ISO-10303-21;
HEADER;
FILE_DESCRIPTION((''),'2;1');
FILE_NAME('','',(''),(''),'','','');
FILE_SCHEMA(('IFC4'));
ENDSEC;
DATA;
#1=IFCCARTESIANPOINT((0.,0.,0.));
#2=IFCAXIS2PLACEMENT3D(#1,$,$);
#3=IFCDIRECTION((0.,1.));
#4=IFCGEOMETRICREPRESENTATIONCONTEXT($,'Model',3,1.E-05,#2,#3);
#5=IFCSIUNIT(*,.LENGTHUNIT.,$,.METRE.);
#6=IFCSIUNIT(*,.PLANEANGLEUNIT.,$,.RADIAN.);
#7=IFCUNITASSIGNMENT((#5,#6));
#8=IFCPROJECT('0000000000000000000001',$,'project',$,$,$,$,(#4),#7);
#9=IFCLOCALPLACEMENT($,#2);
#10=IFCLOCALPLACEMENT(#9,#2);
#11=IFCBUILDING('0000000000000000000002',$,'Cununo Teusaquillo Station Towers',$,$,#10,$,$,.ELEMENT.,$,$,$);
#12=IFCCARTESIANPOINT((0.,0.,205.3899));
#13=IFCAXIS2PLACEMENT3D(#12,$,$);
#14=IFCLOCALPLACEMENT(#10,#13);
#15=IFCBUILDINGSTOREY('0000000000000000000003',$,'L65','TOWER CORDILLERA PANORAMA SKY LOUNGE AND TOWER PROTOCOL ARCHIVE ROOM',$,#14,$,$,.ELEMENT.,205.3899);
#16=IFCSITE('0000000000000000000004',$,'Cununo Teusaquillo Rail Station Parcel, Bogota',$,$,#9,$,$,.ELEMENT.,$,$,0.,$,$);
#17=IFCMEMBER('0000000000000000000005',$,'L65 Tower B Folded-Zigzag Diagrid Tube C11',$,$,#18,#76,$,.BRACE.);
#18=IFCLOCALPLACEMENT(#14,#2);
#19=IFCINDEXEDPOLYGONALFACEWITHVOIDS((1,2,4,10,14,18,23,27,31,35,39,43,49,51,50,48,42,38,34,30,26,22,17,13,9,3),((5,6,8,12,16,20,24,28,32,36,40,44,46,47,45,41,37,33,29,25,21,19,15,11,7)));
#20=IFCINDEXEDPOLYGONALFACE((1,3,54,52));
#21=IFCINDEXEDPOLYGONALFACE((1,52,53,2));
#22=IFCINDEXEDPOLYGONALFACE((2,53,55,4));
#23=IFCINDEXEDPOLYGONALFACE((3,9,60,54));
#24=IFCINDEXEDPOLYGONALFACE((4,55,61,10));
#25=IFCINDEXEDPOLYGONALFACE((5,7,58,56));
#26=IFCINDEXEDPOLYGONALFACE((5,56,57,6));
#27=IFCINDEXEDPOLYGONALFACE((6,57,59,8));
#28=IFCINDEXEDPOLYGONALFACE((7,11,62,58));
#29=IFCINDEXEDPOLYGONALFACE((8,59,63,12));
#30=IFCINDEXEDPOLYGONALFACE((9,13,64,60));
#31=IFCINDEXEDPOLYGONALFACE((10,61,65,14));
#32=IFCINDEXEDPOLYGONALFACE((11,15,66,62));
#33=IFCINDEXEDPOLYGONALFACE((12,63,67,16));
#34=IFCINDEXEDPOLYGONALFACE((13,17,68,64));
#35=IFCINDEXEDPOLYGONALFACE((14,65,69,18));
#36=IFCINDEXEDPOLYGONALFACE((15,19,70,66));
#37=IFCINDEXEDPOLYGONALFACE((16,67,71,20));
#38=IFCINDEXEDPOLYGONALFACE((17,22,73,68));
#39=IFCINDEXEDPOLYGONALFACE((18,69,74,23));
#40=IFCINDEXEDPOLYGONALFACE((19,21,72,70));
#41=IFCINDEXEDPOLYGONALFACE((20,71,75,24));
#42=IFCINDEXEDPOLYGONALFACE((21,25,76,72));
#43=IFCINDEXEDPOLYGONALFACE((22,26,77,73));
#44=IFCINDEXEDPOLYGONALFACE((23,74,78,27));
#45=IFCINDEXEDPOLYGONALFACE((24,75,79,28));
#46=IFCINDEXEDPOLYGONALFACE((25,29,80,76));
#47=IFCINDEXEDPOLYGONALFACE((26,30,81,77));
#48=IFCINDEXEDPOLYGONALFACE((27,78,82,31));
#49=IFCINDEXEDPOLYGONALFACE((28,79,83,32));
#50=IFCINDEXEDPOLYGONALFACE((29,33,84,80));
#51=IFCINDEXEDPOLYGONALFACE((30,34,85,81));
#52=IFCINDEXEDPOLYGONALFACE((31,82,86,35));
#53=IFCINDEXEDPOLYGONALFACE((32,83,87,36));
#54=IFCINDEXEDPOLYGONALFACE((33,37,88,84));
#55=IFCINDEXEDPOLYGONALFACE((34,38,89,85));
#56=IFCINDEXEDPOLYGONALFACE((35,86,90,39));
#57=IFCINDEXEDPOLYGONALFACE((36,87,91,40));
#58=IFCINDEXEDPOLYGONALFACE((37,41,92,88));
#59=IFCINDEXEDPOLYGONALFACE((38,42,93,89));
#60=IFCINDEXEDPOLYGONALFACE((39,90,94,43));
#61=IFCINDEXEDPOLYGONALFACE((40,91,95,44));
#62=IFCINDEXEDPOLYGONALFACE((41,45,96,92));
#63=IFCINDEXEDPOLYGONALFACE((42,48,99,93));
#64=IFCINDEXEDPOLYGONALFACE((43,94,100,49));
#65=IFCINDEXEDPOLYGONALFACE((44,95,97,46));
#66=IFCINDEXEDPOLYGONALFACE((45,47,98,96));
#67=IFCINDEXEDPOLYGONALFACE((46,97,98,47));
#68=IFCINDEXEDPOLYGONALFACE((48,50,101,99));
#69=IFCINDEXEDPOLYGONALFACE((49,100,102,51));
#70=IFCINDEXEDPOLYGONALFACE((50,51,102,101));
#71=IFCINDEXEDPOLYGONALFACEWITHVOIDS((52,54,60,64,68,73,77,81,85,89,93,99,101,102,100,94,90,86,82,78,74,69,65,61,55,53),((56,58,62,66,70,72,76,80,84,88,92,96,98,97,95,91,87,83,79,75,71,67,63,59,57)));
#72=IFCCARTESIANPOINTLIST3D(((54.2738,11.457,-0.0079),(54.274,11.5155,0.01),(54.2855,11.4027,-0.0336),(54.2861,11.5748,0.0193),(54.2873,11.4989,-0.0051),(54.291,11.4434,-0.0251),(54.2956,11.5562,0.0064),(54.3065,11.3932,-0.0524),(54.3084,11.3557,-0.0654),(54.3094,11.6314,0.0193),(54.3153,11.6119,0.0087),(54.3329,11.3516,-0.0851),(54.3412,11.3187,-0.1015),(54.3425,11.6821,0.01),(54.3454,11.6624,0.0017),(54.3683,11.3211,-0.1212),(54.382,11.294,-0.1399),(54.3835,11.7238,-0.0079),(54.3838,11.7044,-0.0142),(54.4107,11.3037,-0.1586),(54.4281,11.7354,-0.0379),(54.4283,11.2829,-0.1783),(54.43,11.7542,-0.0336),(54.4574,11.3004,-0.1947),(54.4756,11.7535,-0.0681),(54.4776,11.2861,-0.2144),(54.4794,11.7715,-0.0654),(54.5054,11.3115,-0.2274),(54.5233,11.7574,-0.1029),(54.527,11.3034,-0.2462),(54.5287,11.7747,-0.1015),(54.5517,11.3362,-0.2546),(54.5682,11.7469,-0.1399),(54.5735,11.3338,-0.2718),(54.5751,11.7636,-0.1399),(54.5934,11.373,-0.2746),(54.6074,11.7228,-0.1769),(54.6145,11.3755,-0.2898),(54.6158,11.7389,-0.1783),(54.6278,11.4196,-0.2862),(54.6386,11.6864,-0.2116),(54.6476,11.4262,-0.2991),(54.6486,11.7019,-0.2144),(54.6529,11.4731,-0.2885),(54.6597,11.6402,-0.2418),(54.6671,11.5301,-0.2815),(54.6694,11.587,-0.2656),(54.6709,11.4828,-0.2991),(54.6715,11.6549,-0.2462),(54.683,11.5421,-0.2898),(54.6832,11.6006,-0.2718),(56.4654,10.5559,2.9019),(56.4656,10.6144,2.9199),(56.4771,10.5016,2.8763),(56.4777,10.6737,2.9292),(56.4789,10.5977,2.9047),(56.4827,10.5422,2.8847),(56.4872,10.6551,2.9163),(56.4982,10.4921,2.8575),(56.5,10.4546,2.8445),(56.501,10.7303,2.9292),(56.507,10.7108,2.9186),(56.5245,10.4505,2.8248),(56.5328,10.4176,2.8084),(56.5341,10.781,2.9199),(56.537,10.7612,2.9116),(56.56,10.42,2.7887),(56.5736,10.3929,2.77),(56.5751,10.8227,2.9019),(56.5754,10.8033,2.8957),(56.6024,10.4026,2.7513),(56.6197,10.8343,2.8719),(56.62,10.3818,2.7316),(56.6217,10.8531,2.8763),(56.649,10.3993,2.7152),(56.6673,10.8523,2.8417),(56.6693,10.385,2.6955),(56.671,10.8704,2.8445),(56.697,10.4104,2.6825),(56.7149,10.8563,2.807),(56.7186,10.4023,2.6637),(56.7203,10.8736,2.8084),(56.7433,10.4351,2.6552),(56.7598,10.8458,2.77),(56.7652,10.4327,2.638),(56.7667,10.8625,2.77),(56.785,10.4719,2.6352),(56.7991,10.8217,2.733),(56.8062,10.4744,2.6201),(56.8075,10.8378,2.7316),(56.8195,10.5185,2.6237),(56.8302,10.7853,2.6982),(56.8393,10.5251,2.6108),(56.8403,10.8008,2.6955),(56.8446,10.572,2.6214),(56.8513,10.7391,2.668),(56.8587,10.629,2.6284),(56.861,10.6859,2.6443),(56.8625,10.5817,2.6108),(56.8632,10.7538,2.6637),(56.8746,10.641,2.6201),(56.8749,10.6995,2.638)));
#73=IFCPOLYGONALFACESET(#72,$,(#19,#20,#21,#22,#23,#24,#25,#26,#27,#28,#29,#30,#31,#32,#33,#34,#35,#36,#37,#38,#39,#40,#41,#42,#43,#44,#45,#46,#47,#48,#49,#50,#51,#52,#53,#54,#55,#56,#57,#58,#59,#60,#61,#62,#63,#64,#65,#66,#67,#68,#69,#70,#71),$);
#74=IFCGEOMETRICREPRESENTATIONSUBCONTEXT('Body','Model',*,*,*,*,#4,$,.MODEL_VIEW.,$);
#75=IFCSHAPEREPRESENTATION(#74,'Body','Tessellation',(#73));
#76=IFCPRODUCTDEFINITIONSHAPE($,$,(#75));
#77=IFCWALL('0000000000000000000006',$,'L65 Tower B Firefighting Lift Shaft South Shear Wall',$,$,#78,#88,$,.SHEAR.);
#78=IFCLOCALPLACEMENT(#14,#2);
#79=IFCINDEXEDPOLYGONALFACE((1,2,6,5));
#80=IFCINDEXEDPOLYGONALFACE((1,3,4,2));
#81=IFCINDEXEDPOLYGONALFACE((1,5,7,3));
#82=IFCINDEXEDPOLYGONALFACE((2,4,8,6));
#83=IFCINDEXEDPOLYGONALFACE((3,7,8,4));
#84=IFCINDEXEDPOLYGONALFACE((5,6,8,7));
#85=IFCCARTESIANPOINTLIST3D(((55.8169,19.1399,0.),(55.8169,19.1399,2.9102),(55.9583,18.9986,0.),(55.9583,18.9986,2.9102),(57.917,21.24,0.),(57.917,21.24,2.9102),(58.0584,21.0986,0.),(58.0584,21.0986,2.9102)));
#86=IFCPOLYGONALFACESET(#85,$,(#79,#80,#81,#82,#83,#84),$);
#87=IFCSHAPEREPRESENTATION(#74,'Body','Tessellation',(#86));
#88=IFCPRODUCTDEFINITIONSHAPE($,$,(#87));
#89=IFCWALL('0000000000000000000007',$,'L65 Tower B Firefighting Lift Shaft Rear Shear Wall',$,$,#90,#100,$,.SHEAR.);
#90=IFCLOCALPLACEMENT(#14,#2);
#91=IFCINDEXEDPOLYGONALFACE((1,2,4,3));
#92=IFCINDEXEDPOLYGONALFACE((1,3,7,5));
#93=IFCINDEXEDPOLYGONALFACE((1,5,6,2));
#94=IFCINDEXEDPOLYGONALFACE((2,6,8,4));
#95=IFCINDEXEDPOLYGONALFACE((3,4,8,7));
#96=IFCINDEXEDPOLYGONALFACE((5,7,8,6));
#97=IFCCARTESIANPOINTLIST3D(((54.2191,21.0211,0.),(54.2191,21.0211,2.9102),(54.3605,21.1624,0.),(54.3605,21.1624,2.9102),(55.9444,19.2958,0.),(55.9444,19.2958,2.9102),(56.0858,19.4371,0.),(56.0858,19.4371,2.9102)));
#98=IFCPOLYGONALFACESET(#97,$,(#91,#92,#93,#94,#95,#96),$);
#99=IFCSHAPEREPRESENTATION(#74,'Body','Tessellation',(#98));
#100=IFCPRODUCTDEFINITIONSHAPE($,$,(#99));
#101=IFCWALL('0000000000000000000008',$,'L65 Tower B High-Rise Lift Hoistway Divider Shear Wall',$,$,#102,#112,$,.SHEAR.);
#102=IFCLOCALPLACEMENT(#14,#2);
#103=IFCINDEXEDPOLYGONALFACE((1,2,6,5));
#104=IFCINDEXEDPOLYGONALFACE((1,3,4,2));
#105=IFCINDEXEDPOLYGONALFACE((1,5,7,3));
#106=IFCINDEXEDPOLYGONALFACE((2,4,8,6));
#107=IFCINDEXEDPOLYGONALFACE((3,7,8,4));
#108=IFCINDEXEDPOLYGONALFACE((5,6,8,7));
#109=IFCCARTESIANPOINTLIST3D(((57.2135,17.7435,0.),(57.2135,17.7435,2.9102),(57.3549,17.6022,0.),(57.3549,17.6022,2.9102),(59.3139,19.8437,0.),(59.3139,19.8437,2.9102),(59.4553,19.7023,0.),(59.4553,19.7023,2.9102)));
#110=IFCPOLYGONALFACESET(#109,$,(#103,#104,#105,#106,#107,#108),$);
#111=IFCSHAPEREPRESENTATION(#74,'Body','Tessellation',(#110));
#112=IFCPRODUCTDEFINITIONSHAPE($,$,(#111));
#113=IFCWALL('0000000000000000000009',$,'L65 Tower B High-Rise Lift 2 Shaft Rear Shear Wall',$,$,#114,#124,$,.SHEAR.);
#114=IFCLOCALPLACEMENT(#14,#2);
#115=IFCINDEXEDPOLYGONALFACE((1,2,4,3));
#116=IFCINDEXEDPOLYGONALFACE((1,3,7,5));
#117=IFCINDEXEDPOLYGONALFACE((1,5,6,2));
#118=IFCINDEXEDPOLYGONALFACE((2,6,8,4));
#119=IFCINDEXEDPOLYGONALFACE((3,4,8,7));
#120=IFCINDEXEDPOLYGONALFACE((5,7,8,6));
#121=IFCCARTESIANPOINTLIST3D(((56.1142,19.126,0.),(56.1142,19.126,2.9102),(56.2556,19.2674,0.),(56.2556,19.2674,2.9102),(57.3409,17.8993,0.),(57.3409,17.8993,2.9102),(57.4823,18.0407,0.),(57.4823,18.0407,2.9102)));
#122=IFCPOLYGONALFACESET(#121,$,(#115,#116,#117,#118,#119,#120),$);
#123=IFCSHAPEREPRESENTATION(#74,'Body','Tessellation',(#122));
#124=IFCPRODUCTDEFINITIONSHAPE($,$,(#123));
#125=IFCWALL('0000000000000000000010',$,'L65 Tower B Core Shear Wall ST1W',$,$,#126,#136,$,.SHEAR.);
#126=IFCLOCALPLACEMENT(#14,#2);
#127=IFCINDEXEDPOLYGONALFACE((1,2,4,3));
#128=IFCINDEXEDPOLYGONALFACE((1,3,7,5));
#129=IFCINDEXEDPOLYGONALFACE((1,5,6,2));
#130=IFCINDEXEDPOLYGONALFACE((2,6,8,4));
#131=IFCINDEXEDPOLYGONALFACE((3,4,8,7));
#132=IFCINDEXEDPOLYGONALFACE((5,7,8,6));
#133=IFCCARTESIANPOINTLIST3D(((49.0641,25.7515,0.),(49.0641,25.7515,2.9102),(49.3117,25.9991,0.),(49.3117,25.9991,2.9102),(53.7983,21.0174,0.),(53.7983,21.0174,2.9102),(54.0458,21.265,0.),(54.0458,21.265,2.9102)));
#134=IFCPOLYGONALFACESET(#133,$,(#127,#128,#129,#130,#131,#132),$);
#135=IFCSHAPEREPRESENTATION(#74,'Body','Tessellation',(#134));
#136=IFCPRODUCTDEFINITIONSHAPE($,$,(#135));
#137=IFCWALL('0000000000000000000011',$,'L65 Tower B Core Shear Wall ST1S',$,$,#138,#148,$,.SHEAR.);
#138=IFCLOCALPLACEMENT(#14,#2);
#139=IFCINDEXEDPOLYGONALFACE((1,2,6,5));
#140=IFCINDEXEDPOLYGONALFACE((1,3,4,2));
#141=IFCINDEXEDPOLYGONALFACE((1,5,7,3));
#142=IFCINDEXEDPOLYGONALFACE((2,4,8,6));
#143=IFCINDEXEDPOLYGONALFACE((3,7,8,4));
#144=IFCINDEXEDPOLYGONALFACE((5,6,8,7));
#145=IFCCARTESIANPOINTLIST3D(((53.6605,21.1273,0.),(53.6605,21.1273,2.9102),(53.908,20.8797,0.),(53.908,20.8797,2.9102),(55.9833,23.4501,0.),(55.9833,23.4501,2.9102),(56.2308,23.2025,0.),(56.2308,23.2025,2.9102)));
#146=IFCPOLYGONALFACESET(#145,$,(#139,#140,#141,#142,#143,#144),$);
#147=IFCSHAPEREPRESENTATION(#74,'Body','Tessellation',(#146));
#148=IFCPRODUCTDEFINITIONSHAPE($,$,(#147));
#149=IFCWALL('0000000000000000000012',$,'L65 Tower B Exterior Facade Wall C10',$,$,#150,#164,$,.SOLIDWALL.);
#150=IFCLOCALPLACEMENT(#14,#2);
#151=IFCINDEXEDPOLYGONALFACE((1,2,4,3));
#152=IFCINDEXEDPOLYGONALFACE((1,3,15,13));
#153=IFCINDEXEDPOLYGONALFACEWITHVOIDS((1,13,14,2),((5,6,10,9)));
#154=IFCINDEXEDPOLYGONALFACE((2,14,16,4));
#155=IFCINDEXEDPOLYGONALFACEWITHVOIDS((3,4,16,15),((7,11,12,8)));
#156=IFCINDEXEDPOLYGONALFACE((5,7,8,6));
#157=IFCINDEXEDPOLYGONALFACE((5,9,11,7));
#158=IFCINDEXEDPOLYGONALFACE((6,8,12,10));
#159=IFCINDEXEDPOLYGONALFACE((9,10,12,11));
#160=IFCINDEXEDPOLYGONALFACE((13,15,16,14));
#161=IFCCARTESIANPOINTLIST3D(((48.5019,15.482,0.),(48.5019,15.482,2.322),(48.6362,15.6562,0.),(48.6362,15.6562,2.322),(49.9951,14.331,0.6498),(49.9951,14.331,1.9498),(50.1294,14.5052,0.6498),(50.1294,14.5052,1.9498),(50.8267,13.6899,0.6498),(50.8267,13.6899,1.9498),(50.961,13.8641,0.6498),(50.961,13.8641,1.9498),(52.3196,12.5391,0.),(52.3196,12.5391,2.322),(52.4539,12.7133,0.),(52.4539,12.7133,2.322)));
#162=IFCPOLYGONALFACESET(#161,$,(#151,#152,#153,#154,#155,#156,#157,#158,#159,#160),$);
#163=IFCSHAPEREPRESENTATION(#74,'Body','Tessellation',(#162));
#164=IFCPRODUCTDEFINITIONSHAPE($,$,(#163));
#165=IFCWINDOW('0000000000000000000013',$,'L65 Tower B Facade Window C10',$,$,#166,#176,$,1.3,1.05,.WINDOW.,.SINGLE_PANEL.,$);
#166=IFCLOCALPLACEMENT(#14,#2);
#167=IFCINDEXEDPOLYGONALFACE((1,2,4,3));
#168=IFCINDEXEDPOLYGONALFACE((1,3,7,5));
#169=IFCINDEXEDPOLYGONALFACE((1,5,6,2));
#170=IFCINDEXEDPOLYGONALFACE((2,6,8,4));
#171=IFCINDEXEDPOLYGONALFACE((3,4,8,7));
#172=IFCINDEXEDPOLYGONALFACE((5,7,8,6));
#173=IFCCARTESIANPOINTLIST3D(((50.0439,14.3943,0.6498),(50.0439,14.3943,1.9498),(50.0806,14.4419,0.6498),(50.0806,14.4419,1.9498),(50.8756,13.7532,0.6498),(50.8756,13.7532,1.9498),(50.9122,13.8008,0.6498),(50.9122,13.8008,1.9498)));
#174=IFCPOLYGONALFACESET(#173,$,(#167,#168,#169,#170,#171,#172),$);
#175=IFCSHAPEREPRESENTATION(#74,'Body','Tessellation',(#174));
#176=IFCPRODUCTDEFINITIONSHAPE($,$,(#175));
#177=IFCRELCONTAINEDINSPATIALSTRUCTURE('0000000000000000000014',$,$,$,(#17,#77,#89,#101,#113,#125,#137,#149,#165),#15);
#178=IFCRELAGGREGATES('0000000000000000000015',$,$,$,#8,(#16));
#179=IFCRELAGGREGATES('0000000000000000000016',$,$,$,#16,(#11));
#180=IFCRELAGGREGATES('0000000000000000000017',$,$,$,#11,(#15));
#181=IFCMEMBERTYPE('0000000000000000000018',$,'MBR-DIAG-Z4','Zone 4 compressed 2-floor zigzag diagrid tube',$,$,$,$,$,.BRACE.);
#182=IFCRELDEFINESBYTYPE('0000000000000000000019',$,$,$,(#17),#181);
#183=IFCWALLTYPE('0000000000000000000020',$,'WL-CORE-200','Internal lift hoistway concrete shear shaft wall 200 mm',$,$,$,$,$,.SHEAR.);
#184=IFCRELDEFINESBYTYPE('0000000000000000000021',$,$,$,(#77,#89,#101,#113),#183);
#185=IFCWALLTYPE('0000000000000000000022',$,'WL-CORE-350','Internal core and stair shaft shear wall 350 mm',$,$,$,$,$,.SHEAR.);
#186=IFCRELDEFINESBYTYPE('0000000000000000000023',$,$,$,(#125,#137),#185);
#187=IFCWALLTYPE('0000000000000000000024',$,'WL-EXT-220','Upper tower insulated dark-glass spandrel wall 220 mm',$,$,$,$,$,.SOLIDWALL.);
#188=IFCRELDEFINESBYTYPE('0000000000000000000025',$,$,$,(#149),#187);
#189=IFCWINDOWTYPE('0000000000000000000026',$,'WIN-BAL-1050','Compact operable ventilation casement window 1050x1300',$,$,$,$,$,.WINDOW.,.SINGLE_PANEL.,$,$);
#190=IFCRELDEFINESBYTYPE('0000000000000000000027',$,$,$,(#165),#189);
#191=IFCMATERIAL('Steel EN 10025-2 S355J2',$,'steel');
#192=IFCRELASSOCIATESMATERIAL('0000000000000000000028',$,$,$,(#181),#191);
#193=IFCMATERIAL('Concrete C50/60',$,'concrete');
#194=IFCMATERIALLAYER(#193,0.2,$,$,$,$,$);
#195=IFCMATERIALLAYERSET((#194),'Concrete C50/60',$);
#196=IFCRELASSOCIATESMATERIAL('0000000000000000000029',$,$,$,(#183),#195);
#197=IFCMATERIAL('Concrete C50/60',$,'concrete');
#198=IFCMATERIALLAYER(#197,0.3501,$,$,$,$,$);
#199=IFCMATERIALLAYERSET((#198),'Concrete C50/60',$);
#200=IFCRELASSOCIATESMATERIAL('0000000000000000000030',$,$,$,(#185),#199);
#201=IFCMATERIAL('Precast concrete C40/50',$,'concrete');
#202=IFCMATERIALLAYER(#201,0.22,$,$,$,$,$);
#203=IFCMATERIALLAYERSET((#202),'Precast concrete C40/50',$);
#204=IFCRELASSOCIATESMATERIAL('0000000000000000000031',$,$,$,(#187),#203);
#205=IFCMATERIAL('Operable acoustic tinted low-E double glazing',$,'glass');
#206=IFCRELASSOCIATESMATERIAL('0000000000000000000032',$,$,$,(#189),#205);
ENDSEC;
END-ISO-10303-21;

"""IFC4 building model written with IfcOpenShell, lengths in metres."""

from ifc_helpers import new_model, si_unit, direction, frame, frame_2d, origin, origin_2d, place, context, subcontext, project, spatial, rectangle, hollow_circle, extrude, source, transform, mapped, material, layer, layer_set, material_profile, profile_set, type_object, element, fill, save


model = new_model("IFC4")

# Units and contexts
model_context = context("Model", 3, precision=1e-05, world=origin(), true_north=direction((0.0, 1.0)))
body_context = subcontext(model_context, "Body", "Model", "MODEL_VIEW")
ifc_project = project(units=[si_unit("LENGTHUNIT", "METRE"), si_unit("PLANEANGLEUNIT", "RADIAN")], contexts=[model_context])

# Site, building, storey
site_placement = place(None, origin())
site = spatial("IfcSite", under=ifc_project, at=site_placement, Name="Cununo Teusaquillo Rail Station Parcel, Bogota", CompositionType="ELEMENT", RefElevation=0.0)
building_placement = place(site_placement, origin())
building = spatial("IfcBuilding", under=site, at=building_placement, Name="Cununo Teusaquillo Station Towers", CompositionType="ELEMENT")
storey_placement = place(building_placement, frame((0.0, 0.0, 205.3899)))
storey = spatial("IfcBuildingStorey", under=building, at=storey_placement, Name="L65", Description="TOWER CORDILLERA PANORAMA SKY LOUNGE AND TOWER PROTOCOL ARCHIVE ROOM", CompositionType="ELEMENT", Elevation=205.3899)

# Member
ifc_material_1 = material(Name="Steel EN 10025-2 S355J2", Category="steel")
ifc_material_profile_1 = material_profile(ifc_material_1, hollow_circle(Radius=0.2539, WallThickness=0.0181, at=origin_2d()), Name="CHS 508x18")
ifc_profile_set_1 = profile_set([ifc_material_profile_1], Name="Steel EN 10025-2 S355J2")
member_type = type_object("IfcMemberType", Name="MBR-DIAG-Z4", Description="Zone 4 compressed 2-floor zigzag diagrid tube", PredefinedType="BRACE", material=ifc_profile_set_1)
member_placement = place(storey_placement, frame((54.4785, 11.5288, -0.1399), z_axis=(0.584016, -0.240125, 0.775413), x_axis=(0.380273, 0.924874, 0.0)))
element("IfcMember", 1, at=member_placement, inside=storey, type_object=member_type, Name="L65 Tower B Folded-Zigzag Diagrid Tube C11", PredefinedType="BRACE", context=body_context, shape_type="SweptSolid", body=[
    extrude(hollow_circle(Radius=0.2539, WallThickness=0.0181, at=origin_2d()), origin(), (0.0, 0.0, 1.0), 3.7527),
])

# Walls
ifc_material_2 = material(Name="Concrete C50/60", Category="concrete")
ifc_layer_1 = layer(ifc_material_2, 0.2)
ifc_layer_set_1 = layer_set([ifc_layer_1], Name="Concrete C50/60")
wall_type_1 = type_object("IfcWallType", Name="WL-CORE-200", Description="Internal lift hoistway concrete shear shaft wall 200 mm", PredefinedType="SHEAR", material=ifc_layer_set_1)
wall_1_placement = place(storey_placement, frame((55.8877, 19.0693, 0.0), z_axis=(0.0, 0.0, 1.0), x_axis=(0.707107, 0.707107, 0.0)))
element("IfcWall", 2, at=wall_1_placement, inside=storey, type_object=wall_type_1, Name="L65 Tower B Firefighting Lift Shaft South Shear Wall", PredefinedType="SHEAR", context=body_context, shape_type="SweptSolid", body=[
    extrude(rectangle(XDim=2.97, YDim=0.2, at=frame_2d((1.4849, 0.0))), origin(), (0.0, 0.0, 1.0), 2.9102),
])
wall_2_placement = place(storey_placement, frame((56.0151, 19.3665, 0.0), z_axis=(0.0, 0.0, 1.0), x_axis=(-0.707107, 0.707107, 0.0)))
element("IfcWall", 3, at=wall_2_placement, inside=storey, type_object=wall_type_1, Name="L65 Tower B Firefighting Lift Shaft Rear Shear Wall", PredefinedType="SHEAR", context=body_context, shape_type="SweptSolid", body=[
    extrude(rectangle(XDim=2.4399, YDim=0.2, at=frame_2d((1.22, 0.0))), origin(), (0.0, 0.0, 1.0), 2.9102),
])
wall_3_placement = place(storey_placement, frame((57.2842, 17.6729, 0.0), z_axis=(0.0, 0.0, 1.0), x_axis=(0.707148, 0.707066, 0.0)))
element("IfcWall", 4, at=wall_3_placement, inside=storey, type_object=wall_type_1, Name="L65 Tower B High-Rise Lift Hoistway Divider Shear Wall", PredefinedType="SHEAR", context=body_context, shape_type="SweptSolid", body=[
    extrude(rectangle(XDim=2.9702, YDim=0.2, at=frame_2d((1.4851, 0.0))), origin(), (0.0, 0.0, 1.0), 2.9102),
])
wall_4_placement = place(storey_placement, frame((57.4116, 17.97, 0.0), z_axis=(0.0, 0.0, 1.0), x_axis=(-0.707107, 0.707107, 0.0)))
element("IfcWall", 5, at=wall_4_placement, inside=storey, type_object=wall_type_1, Name="L65 Tower B High-Rise Lift 2 Shaft Rear Shear Wall", PredefinedType="SHEAR", context=body_context, shape_type="SweptSolid", body=[
    extrude(rectangle(XDim=1.7349, YDim=0.2, at=frame_2d((0.8674, 0.0))), origin(), (0.0, 0.0, 1.0), 2.9102),
])
ifc_material_3 = material(Name="Concrete C50/60", Category="concrete")
ifc_layer_2 = layer(ifc_material_3, 0.3501)
ifc_layer_set_2 = layer_set([ifc_layer_2], Name="Concrete C50/60")
wall_type_2 = type_object("IfcWallType", Name="WL-CORE-350", Description="Internal core and stair shaft shear wall 350 mm", PredefinedType="SHEAR", material=ifc_layer_set_2)
wall_5_placement = place(storey_placement, frame((53.9221, 21.1411, 0.0), z_axis=(0.0, 0.0, 1.0), x_axis=(-0.707107, 0.707107, 0.0)))
element("IfcWall", 6, at=wall_5_placement, inside=storey, type_object=wall_type_2, Name="L65 Tower B Core Shear Wall ST1W", PredefinedType="SHEAR", context=body_context, shape_type="SweptSolid", body=[
    extrude(rectangle(XDim=6.6951, YDim=0.3501, at=frame_2d((3.3477, 0.0))), origin(), (0.0, 0.0, 1.0), 2.9102),
])
wall_6_placement = place(storey_placement, frame((53.7842, 21.0034, 0.0), z_axis=(0.0, 0.0, 1.0), x_axis=(0.707107, 0.707107, 0.0)))
element("IfcWall", 7, at=wall_6_placement, inside=storey, type_object=wall_type_2, Name="L65 Tower B Core Shear Wall ST1S", PredefinedType="SHEAR", context=body_context, shape_type="SweptSolid", body=[
    extrude(rectangle(XDim=3.2849, YDim=0.3501, at=frame_2d((1.6426, 0.0))), origin(), (0.0, 0.0, 1.0), 2.9102),
])

# Wall, opening, window
ifc_material_4 = material(Name="Precast concrete C40/50", Category="concrete")
ifc_layer_3 = layer(ifc_material_4, 0.22)
ifc_layer_set_3 = layer_set([ifc_layer_3], Name="Precast concrete C40/50")
wall_type_3 = type_object("IfcWallType", Name="WL-EXT-220", Description="Upper tower insulated dark-glass spandrel wall 220 mm", PredefinedType="SOLIDWALL", material=ifc_layer_set_3)
wall_7_placement = place(storey_placement, frame((52.3867, 12.6262, 0.0), z_axis=(0.0, 0.0, 1.0), x_axis=(-0.791998, 0.610523, 0.0)))
wall_7 = element("IfcWall", 8, at=wall_7_placement, inside=storey, type_object=wall_type_3, Name="L65 Tower B Exterior Facade Wall C10", PredefinedType="SOLIDWALL", context=body_context, shape_type="SweptSolid", body=[
    extrude(rectangle(XDim=4.8203, YDim=0.22, at=frame_2d((2.4102, 0.0))), origin(), (0.0, 0.0, 1.0), 2.322),
])
shared_shape_1 = source(origin(), body_context, "Body", "SweptSolid", [
    extrude(rectangle(XDim=1.05, YDim=1.3, at=frame_2d((0.5249, 0.6499))), frame((0.0, 0.1199, 0.0), z_axis=(0.0, -1.0, 0.0), x_axis=(1.0, 0.0, 0.0)), (0.0, 0.0, 1.0), 0.24),
])
opening_1_placement = place(wall_7_placement, frame((1.885, 0.0, 0.6499)))
opening_1 = element("IfcOpeningElement", 9, at=opening_1_placement, cuts=wall_7, PredefinedType="OPENING", context=body_context, shape_type="MappedRepresentation", body=[
    mapped(shared_shape_1, transform((0.0, 0.0, 0.0), x_axis=(1.0, 0.0, 0.0), y_axis=(0.0, 1.0, 0.0), z_axis=(0.0, 0.0, 1.0), scale=1.0)),
])
ifc_material_5 = material(Name="Operable acoustic tinted low-E double glazing", Category="glass")
window_type = type_object("IfcWindowType", Name="WIN-BAL-1050", Description="Compact operable ventilation casement window 1050x1300", PartitioningType="SINGLE_PANEL", PredefinedType="WINDOW", material=ifc_material_5)
shared_shape_2 = source(origin(), body_context, "Body", "SweptSolid", [
    extrude(rectangle(XDim=1.05, YDim=1.3, at=frame_2d((0.5249, 0.6499))), frame((0.0, 0.03, 0.0), z_axis=(0.0, -1.0, 0.0), x_axis=(1.0, 0.0, 0.0)), (0.0, 0.0, 1.0), 0.0601),
])
window_placement = place(opening_1_placement, origin())
window = element("IfcWindow", 10, at=window_placement, inside=storey, type_object=window_type, Name="L65 Tower B Facade Window C10", OverallHeight=1.3, OverallWidth=1.05, PartitioningType="SINGLE_PANEL", PredefinedType="WINDOW", context=body_context, shape_type="MappedRepresentation", body=[
    mapped(shared_shape_2, transform((0.0, 0.0, 0.0), x_axis=(1.0, 0.0, 0.0), y_axis=(0.0, 1.0, 0.0), z_axis=(0.0, 0.0, 1.0), scale=1.0)),
])
fill(opening_1, window)

save(model, "model.ifc")
